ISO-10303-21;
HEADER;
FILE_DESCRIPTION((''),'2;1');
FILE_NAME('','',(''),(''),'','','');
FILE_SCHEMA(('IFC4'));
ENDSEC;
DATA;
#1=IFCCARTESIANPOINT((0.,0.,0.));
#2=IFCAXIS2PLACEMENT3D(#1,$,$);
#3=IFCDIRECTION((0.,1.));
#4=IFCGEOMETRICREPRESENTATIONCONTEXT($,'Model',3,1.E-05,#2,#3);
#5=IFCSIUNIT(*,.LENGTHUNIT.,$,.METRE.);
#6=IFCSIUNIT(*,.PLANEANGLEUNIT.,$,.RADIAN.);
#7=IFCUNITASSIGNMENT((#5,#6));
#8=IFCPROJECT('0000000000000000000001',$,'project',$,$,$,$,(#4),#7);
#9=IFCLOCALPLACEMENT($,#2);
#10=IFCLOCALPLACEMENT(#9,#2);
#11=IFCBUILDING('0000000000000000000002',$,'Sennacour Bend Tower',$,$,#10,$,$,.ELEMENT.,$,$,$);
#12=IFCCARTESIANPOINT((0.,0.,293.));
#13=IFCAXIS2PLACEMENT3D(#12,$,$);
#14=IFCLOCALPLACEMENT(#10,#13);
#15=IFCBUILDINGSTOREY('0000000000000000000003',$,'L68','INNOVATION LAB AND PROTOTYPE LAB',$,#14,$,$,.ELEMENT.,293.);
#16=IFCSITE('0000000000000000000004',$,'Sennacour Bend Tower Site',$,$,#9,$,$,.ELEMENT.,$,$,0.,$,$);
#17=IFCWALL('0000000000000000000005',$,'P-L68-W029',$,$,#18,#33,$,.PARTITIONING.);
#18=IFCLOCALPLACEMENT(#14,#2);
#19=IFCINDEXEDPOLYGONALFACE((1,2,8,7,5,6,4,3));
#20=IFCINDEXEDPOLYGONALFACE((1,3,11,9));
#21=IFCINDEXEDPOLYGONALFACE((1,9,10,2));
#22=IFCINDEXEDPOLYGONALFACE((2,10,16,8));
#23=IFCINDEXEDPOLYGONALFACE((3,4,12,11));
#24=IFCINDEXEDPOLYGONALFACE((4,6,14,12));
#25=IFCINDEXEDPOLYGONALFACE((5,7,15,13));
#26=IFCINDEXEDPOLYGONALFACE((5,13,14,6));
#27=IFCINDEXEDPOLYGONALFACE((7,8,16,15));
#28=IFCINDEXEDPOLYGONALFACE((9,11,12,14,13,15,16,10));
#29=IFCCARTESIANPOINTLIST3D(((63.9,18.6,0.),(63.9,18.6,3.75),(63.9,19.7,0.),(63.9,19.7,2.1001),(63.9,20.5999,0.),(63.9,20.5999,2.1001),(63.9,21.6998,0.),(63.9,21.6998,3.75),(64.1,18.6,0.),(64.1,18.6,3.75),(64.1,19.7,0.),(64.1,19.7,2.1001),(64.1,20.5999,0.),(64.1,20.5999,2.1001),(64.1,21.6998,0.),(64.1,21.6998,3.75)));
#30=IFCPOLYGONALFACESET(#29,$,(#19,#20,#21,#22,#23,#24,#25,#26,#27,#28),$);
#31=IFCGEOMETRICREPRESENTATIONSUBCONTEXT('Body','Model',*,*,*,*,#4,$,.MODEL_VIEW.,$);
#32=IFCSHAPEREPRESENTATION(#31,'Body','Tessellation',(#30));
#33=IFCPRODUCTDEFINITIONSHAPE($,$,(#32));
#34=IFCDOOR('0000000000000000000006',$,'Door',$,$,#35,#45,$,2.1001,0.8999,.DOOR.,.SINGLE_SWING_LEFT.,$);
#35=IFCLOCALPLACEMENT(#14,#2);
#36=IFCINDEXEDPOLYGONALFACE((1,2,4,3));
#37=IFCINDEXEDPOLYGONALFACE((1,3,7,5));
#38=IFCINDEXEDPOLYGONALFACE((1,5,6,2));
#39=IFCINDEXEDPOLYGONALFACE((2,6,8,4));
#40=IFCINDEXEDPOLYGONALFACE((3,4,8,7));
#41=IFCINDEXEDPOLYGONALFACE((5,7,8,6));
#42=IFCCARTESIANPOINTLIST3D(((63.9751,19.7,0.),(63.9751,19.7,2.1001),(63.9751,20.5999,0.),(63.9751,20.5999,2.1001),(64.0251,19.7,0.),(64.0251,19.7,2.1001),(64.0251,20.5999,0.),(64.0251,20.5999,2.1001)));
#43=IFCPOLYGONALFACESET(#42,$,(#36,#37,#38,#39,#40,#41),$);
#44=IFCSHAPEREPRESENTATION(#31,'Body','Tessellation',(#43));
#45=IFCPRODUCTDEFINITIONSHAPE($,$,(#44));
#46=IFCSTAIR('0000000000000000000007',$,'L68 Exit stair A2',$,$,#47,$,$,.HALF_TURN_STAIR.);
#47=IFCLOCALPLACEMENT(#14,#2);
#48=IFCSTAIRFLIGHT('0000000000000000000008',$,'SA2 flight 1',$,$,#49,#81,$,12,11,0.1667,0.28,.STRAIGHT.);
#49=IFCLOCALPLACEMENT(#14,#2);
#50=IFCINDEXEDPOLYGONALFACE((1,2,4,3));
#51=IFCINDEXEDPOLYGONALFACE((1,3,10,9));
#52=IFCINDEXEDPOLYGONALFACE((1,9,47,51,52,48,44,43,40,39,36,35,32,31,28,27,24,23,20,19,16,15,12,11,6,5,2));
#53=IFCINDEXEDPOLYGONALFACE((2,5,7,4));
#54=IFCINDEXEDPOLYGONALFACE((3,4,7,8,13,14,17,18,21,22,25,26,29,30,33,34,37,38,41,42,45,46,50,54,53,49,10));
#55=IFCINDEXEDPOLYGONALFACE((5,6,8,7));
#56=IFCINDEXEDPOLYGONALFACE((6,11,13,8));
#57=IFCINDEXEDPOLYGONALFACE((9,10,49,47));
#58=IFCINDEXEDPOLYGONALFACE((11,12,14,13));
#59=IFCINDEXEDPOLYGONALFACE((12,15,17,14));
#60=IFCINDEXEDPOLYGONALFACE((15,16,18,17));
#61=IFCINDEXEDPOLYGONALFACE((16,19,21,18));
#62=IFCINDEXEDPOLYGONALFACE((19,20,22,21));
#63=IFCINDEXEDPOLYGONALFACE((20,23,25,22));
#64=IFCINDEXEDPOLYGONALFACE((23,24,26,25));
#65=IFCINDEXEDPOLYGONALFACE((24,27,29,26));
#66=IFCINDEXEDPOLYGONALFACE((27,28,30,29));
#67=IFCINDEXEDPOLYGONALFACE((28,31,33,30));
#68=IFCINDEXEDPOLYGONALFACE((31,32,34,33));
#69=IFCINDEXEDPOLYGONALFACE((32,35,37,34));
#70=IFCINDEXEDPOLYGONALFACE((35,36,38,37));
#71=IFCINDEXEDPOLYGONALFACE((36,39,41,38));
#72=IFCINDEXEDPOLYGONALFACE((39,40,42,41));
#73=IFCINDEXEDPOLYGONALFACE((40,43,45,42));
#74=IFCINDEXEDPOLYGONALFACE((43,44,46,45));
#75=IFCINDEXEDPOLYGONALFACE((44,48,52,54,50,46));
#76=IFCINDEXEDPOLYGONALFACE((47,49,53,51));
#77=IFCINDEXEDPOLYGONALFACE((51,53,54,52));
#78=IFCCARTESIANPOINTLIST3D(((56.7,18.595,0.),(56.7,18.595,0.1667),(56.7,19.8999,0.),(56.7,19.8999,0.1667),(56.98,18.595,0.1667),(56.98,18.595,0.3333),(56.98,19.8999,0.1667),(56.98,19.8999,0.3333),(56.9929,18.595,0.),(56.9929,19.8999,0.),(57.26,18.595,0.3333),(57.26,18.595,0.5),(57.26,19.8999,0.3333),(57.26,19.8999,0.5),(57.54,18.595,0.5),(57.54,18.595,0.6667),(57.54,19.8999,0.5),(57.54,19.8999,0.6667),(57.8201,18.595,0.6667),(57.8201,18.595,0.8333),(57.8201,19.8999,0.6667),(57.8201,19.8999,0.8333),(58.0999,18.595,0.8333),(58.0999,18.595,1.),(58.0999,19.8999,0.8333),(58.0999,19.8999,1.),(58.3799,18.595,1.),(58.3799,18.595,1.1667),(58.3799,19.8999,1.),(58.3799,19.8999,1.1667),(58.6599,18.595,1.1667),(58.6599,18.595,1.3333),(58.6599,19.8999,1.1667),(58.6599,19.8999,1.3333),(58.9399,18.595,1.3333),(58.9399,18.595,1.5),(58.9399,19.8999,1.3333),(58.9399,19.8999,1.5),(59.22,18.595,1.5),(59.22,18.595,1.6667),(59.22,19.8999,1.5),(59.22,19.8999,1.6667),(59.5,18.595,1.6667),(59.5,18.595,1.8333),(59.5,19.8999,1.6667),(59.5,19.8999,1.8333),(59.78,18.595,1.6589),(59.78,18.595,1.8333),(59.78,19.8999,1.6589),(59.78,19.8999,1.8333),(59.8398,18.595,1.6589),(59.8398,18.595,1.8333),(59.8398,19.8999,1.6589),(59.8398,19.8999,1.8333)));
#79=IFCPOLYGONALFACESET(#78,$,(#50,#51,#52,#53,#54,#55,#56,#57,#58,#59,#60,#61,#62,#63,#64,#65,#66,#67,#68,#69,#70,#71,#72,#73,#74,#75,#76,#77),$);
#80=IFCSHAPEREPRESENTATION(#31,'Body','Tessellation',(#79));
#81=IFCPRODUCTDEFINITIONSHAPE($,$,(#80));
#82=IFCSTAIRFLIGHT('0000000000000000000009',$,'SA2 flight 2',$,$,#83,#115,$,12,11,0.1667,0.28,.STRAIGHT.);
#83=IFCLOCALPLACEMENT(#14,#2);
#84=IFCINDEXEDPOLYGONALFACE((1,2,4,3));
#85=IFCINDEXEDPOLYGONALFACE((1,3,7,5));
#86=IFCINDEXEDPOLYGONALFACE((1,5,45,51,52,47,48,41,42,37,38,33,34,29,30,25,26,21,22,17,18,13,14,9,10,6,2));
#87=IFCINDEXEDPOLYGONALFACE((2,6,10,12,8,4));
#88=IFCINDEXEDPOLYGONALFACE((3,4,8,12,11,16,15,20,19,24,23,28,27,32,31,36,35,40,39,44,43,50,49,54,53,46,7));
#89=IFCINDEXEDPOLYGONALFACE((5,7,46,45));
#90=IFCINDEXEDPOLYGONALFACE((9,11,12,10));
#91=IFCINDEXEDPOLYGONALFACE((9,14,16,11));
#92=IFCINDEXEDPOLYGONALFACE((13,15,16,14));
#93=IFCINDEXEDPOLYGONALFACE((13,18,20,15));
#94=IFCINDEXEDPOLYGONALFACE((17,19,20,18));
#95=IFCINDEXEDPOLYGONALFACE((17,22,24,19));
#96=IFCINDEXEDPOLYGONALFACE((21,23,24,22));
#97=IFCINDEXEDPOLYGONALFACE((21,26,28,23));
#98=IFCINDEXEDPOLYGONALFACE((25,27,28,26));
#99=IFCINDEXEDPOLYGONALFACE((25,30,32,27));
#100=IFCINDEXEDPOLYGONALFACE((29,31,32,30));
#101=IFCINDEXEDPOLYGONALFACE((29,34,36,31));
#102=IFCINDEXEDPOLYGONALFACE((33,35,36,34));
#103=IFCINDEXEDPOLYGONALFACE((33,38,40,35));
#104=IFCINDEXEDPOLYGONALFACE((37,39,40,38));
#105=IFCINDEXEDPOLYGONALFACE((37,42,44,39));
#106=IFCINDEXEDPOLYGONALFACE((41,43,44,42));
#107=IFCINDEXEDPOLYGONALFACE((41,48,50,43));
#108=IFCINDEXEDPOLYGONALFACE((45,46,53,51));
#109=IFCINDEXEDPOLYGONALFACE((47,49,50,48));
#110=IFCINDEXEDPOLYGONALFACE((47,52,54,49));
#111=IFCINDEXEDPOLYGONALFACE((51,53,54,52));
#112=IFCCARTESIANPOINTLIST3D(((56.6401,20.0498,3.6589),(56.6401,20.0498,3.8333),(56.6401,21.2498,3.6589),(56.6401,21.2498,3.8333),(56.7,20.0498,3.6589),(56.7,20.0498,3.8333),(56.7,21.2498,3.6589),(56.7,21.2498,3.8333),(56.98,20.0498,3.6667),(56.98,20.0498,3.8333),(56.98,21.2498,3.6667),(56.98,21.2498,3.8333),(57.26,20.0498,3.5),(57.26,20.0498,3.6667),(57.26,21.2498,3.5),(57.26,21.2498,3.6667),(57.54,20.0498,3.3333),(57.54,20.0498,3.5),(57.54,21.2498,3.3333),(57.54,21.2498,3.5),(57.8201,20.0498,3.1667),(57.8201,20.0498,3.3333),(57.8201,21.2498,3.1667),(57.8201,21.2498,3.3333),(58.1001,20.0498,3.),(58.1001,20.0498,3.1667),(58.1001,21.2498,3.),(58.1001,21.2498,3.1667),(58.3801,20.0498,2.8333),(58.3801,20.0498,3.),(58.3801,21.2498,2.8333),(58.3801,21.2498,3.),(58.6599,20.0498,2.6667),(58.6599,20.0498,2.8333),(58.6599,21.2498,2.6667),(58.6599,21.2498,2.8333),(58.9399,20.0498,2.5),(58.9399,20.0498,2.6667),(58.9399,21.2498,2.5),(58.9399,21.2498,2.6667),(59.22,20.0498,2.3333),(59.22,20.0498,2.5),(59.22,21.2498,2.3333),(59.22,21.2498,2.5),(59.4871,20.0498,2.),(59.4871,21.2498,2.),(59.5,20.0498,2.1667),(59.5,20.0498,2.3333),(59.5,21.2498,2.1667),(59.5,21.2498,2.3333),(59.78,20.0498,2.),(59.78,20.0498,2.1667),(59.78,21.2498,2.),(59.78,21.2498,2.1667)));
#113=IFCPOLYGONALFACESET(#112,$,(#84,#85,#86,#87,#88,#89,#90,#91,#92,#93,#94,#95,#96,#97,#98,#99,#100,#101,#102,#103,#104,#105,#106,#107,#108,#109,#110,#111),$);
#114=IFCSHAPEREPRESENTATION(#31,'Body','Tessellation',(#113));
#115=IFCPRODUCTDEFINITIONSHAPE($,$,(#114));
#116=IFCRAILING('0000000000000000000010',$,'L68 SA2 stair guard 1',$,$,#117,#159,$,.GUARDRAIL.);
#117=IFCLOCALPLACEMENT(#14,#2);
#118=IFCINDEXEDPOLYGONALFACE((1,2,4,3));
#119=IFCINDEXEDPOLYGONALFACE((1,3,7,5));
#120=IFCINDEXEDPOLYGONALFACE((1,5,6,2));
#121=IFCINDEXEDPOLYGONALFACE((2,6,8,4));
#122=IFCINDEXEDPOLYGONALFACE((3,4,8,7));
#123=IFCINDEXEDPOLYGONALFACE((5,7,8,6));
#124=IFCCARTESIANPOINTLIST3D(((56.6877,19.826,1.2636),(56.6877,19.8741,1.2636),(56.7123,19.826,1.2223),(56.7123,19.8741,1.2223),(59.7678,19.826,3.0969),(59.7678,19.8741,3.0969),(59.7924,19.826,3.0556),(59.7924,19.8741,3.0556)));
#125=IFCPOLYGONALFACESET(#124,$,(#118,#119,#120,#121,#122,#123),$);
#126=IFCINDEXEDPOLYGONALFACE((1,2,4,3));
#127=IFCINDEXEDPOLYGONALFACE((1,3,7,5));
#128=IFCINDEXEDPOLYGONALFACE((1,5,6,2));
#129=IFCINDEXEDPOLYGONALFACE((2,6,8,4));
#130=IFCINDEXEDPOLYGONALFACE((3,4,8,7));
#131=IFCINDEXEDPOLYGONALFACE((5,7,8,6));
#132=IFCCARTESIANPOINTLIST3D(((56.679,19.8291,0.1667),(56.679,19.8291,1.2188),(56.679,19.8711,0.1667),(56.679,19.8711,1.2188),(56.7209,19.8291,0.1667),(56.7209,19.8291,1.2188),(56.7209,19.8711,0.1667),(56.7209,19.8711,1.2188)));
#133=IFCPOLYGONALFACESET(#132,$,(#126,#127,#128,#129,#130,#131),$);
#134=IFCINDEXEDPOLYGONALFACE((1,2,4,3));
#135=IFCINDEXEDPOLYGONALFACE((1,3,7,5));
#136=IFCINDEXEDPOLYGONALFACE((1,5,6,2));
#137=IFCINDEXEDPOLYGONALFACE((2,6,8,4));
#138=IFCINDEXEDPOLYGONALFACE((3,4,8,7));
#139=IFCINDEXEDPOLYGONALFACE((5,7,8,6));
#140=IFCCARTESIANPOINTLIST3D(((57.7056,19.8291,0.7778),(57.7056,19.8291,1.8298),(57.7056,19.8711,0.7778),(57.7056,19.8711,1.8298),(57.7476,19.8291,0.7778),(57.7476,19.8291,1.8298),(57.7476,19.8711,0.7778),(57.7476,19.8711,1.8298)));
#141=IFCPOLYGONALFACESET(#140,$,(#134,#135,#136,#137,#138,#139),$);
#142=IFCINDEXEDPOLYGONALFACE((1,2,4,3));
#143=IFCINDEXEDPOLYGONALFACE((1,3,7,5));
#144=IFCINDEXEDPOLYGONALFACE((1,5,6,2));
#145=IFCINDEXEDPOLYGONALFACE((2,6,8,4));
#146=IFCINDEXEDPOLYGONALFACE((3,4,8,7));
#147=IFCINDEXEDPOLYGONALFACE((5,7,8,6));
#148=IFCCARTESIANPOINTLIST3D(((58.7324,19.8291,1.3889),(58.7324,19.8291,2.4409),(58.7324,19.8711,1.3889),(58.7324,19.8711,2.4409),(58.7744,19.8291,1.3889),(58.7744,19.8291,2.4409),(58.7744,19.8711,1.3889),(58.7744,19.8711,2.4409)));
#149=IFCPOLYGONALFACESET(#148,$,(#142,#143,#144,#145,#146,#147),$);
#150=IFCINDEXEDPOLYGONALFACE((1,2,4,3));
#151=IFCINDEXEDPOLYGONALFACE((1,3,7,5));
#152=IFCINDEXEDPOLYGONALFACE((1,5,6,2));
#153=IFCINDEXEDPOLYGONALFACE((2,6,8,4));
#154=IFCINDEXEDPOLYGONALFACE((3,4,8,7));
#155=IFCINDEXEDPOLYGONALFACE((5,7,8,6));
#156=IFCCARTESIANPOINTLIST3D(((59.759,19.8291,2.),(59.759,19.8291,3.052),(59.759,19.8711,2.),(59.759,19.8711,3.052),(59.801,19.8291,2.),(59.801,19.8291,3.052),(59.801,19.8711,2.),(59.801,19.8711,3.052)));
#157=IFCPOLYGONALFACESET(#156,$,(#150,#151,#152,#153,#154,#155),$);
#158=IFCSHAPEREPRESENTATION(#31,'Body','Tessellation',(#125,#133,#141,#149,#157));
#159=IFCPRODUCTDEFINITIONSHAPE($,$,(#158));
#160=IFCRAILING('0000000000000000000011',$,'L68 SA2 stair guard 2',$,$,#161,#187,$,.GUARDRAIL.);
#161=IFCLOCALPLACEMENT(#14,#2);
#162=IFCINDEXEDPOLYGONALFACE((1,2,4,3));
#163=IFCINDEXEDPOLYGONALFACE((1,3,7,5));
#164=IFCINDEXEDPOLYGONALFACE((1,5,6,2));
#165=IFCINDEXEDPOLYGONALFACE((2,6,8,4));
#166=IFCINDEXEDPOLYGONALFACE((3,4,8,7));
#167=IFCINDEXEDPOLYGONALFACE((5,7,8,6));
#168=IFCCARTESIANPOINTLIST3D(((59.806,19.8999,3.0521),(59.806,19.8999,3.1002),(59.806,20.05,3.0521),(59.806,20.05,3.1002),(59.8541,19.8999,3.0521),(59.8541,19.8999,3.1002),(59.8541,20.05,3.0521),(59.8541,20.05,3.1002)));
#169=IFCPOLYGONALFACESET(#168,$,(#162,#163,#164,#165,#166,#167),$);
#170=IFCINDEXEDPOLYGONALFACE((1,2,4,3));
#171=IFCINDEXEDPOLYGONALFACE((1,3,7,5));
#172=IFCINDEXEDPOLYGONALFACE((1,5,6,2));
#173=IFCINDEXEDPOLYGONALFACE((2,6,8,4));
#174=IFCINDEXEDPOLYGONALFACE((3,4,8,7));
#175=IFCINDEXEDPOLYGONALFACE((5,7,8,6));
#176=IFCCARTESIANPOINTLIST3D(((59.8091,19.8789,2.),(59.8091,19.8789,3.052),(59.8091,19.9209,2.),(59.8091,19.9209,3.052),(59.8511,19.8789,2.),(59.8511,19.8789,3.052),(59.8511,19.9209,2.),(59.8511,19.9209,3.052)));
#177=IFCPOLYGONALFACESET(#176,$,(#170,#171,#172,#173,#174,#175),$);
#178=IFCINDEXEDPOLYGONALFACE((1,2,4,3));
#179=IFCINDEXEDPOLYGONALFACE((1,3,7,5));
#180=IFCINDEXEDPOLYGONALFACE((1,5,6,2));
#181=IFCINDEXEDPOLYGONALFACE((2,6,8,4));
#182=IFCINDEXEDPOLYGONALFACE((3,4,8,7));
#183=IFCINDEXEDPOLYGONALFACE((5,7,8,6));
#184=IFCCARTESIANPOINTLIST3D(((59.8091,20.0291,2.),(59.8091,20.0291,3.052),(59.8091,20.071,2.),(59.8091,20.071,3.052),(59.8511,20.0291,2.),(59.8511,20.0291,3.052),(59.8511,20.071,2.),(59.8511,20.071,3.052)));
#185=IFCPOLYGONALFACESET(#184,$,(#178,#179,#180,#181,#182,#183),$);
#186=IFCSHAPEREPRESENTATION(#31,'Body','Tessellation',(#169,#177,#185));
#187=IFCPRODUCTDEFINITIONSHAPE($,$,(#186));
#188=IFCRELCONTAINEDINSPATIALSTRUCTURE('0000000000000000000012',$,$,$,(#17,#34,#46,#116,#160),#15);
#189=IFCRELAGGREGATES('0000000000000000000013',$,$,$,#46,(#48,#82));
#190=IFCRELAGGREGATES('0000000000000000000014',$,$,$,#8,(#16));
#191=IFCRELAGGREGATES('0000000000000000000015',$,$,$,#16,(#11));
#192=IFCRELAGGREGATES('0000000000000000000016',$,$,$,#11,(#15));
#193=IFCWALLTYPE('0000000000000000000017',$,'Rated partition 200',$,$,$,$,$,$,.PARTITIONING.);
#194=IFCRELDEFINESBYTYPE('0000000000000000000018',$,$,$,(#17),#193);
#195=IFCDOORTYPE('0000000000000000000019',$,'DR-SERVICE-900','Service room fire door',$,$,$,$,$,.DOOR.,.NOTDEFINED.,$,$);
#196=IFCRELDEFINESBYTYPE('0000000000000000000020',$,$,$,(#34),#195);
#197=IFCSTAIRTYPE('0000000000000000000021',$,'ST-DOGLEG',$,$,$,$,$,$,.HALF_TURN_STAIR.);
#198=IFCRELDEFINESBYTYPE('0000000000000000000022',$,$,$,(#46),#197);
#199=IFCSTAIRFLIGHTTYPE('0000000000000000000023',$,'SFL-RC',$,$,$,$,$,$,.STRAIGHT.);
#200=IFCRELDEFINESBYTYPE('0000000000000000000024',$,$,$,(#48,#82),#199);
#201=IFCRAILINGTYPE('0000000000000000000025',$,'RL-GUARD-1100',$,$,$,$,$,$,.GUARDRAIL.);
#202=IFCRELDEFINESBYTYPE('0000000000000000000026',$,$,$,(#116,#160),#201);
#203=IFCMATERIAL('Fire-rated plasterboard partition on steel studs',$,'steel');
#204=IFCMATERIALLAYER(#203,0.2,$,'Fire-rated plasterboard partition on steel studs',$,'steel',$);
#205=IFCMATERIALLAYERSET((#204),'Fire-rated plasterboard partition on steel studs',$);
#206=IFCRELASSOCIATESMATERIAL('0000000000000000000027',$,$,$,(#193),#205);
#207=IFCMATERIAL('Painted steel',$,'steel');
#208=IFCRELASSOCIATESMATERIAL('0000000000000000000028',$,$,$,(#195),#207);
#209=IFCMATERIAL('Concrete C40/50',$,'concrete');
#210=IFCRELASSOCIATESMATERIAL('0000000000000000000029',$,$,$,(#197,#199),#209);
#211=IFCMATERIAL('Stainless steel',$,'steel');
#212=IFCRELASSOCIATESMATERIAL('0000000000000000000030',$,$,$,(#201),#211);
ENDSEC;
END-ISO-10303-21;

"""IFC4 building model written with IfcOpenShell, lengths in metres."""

from ifc_helpers import new_model, si_unit, direction, frame, frame_2d, origin, origin_2d, place, context, subcontext, project, spatial, polyline, rectangle, outline, extrude, material, layer, layer_set, type_object, element, fill, aggregate, save


model = new_model("IFC4")

# Units and contexts
model_context = context("Model", 3, precision=1e-05, world=origin(), true_north=direction((0.0, 1.0)))
body_context = subcontext(model_context, "Body", "Model", "MODEL_VIEW")
ifc_project = project(units=[si_unit("LENGTHUNIT", "METRE"), si_unit("PLANEANGLEUNIT", "RADIAN")], contexts=[model_context])

# Site, building, storey
site_placement = place(None, origin())
site = spatial("IfcSite", under=ifc_project, at=site_placement, Name="Sennacour Bend Tower Site", CompositionType="ELEMENT", RefElevation=0.0)
building_placement = place(site_placement, origin())
building = spatial("IfcBuilding", under=site, at=building_placement, Name="Sennacour Bend Tower", CompositionType="ELEMENT")
storey_placement = place(building_placement, frame((0.0, 0.0, 293.0)))
storey = spatial("IfcBuildingStorey", under=building, at=storey_placement, Name="L68", Description="INNOVATION LAB AND PROTOTYPE LAB", CompositionType="ELEMENT", Elevation=293.0)

# Wall, opening, door
ifc_material_1 = material(Name="Fire-rated plasterboard partition on steel studs", Category="steel")
ifc_layer = layer(ifc_material_1, 0.2, Name="Fire-rated plasterboard partition on steel studs", Category="steel")
ifc_layer_set = layer_set([ifc_layer], Name="Fire-rated plasterboard partition on steel studs")
wall_type = type_object("IfcWallType", Name="Rated partition 200", PredefinedType="PARTITIONING", material=ifc_layer_set)
wall_placement = place(storey_placement, frame((64.0, 18.6001, 0.0), z_axis=(0.0, 0.0, 1.0), x_axis=(0.0, 1.0, 0.0)))
wall = element("IfcWall", 1, at=wall_placement, inside=storey, type_object=wall_type, Name="P-L68-W029", PredefinedType="PARTITIONING", context=body_context, shape_type="SweptSolid", body=[
    extrude(rectangle(XDim=3.0999, YDim=0.2, at=frame_2d((1.5498, 0.0))), origin(), (0.0, 0.0, 1.0), 3.75),
])
opening_placement = place(wall_placement, frame((1.0999, 0.0, 0.0)))
opening = element("IfcOpeningElement", 2, at=opening_placement, cuts=wall, PredefinedType="OPENING", context=body_context, shape_type="SweptSolid", body=[
    extrude(rectangle(XDim=0.8999, YDim=2.1001, at=frame_2d((0.45, 1.05))), frame((0.0, 0.1099, 0.0), z_axis=(0.0, -1.0, 0.0), x_axis=(1.0, 0.0, 0.0)), (0.0, 0.0, 1.0), 0.22),
])
ifc_material_2 = material(Name="Painted steel", Category="steel")
door_type = type_object("IfcDoorType", Name="DR-SERVICE-900", Description="Service room fire door", OperationType="NOTDEFINED", PredefinedType="DOOR", material=ifc_material_2)
door_placement = place(opening_placement, origin())
door = element("IfcDoor", 3, at=door_placement, inside=storey, type_object=door_type, Name="Door", OperationType="SINGLE_SWING_LEFT", OverallHeight=2.1001, OverallWidth=0.8999, PredefinedType="DOOR", context=body_context, shape_type="SweptSolid", body=[
    extrude(rectangle(XDim=0.8999, YDim=2.1001, at=frame_2d((0.45, 1.05))), frame((0.0, 0.0249, 0.0), z_axis=(0.0, -1.0, 0.0), x_axis=(1.0, 0.0, 0.0)), (0.0, 0.0, 1.0), 0.05),
])
fill(opening, door)

# Stair, stair flights
ifc_material_3 = material(Name="Concrete C40/50", Category="concrete")
stair_type = type_object("IfcStairType", Name="ST-DOGLEG", PredefinedType="HALF_TURN_STAIR", material=ifc_material_3)
stair_placement = place(storey_placement, origin())
stair = element("IfcStair", 4, at=stair_placement, inside=storey, type_object=stair_type, Name="L68 Exit stair A2", PredefinedType="HALF_TURN_STAIR")
stair_flight_type = type_object("IfcStairFlightType", Name="SFL-RC", PredefinedType="STRAIGHT", material=ifc_material_3)
stair_flight_1_placement = place(storey_placement, frame((56.7, 19.2476, 0.0), z_axis=(0.0, 0.0, 1.0), x_axis=(1.0, 0.0, 0.0)))
stair_flight_1 = element("IfcStairFlight", 5, at=stair_flight_1_placement, type_object=stair_flight_type, Name="SA2 flight 1", NumberOfRisers=12, NumberOfTreads=11, PredefinedType="STRAIGHT", RiserHeight=0.1667, TreadLength=0.28, context=body_context, shape_type="SweptSolid", body=[
    extrude(outline(polyline([(0.0, 0.0), (0.0, 0.1667), (0.28, 0.1667), (0.28, 0.3333), (0.5601, 0.3333), (0.5601, 0.5), (0.8401, 0.5), (0.8401, 0.6667), (1.1201, 0.6667), (1.1201, 0.8333), (1.3999, 0.8333), (1.3999, 1.0), (1.6799, 1.0), (1.6799, 1.1667), (1.96, 1.1667), (1.96, 1.3333), (2.24, 1.3333), (2.24, 1.5), (2.52, 1.5), (2.52, 1.6667), (2.8, 1.6667), (2.8, 1.8333), (3.0801, 1.8333), (3.1399, 1.8333), (3.1399, 1.6589), (3.0801, 1.6589), (0.293, 0.0), (0.0, 0.0)])), frame((0.0, 0.6523, 0.0), z_axis=(0.0, -1.0, 0.0), x_axis=(1.0, 0.0, 0.0)), (0.0, 0.0, 1.0), 1.3049),
])
stair_flight_2_placement = place(storey_placement, frame((59.78, 20.6499, 2.0), z_axis=(0.0, 0.0, 1.0), x_axis=(-1.0, 0.0, 0.0)))
stair_flight_2 = element("IfcStairFlight", 6, at=stair_flight_2_placement, type_object=stair_flight_type, Name="SA2 flight 2", NumberOfRisers=12, NumberOfTreads=11, PredefinedType="STRAIGHT", RiserHeight=0.1667, TreadLength=0.28, context=body_context, shape_type="SweptSolid", body=[
    extrude(outline(polyline([(0.0, 0.0), (0.0, 0.1667), (0.28, 0.1667), (0.28, 0.3333), (0.5601, 0.3333), (0.5601, 0.5), (0.8401, 0.5), (0.8401, 0.6667), (1.1201, 0.6667), (1.1201, 0.8333), (1.3999, 0.8333), (1.3999, 1.0), (1.6799, 1.0), (1.6799, 1.1667), (1.96, 1.1667), (1.96, 1.3333), (2.24, 1.3333), (2.24, 1.5), (2.52, 1.5), (2.52, 1.6667), (2.8, 1.6667), (2.8, 1.8333), (3.0801, 1.8333), (3.1399, 1.8333), (3.1399, 1.6589), (3.0801, 1.6589), (0.293, 0.0), (0.0, 0.0)])), frame((0.0, 0.6001, 0.0), z_axis=(0.0, -1.0, 0.0), x_axis=(1.0, 0.0, 0.0)), (0.0, 0.0, 1.0), 1.2),
])
aggregate(stair, [stair_flight_1, stair_flight_2])

# Railings
ifc_material_4 = material(Name="Stainless steel", Category="steel")
railing_type_1 = type_object("IfcRailingType", Name="RL-GUARD-1100", PredefinedType="GUARDRAIL", material=ifc_material_4)
railing_1_placement = place(storey_placement, frame((56.7, 19.8501, 0.1667)))
element("IfcRailing", 7, at=railing_1_placement, inside=storey, type_object=railing_type_1, Name="L68 SA2 stair guard 1", PredefinedType="GUARDRAIL", context=body_context, shape_type="SweptSolid", body=[
    extrude(rectangle(XDim=0.0481, YDim=0.0481, at=origin_2d()), frame((0.0, 0.0, 1.0762), z_axis=(0.859309, 0.0, 0.511458), x_axis=(0.0, 1.0, 0.0)), (0.0, 0.0, 1.0), 3.5845),
    extrude(rectangle(XDim=0.042, YDim=0.042, at=origin_2d()), origin(), (0.0, 0.0, 1.0), 1.052),
    extrude(rectangle(XDim=0.042, YDim=0.042, at=origin_2d()), frame((1.0266, 0.0, 0.6111)), (0.0, 0.0, 1.0), 1.052),
    extrude(rectangle(XDim=0.042, YDim=0.042, at=origin_2d()), frame((2.0535, 0.0, 1.2222)), (0.0, 0.0, 1.0), 1.052),
    extrude(rectangle(XDim=0.042, YDim=0.042, at=origin_2d()), frame((3.0801, 0.0, 1.8333)), (0.0, 0.0, 1.0), 1.052),
])
railing_2_placement = place(storey_placement, frame((59.8301, 19.8999, 2.0)))
element("IfcRailing", 8, at=railing_2_placement, inside=storey, type_object=railing_type_1, Name="L68 SA2 stair guard 2", PredefinedType="GUARDRAIL", context=body_context, shape_type="SweptSolid", body=[
    extrude(rectangle(XDim=0.0481, YDim=0.0481, at=origin_2d()), frame((0.0, 0.0, 1.0762), z_axis=(0.0, 1.0, 0.0), x_axis=(-1.0, 0.0, 0.0)), (0.0, 0.0, 1.0), 0.1501),
    extrude(rectangle(XDim=0.042, YDim=0.042, at=origin_2d()), origin(), (0.0, 0.0, 1.0), 1.052),
    extrude(rectangle(XDim=0.042, YDim=0.042, at=origin_2d()), frame((0.0, 0.1501, 0.0)), (0.0, 0.0, 1.0), 1.052),
])

save(model, "model.ifc")
